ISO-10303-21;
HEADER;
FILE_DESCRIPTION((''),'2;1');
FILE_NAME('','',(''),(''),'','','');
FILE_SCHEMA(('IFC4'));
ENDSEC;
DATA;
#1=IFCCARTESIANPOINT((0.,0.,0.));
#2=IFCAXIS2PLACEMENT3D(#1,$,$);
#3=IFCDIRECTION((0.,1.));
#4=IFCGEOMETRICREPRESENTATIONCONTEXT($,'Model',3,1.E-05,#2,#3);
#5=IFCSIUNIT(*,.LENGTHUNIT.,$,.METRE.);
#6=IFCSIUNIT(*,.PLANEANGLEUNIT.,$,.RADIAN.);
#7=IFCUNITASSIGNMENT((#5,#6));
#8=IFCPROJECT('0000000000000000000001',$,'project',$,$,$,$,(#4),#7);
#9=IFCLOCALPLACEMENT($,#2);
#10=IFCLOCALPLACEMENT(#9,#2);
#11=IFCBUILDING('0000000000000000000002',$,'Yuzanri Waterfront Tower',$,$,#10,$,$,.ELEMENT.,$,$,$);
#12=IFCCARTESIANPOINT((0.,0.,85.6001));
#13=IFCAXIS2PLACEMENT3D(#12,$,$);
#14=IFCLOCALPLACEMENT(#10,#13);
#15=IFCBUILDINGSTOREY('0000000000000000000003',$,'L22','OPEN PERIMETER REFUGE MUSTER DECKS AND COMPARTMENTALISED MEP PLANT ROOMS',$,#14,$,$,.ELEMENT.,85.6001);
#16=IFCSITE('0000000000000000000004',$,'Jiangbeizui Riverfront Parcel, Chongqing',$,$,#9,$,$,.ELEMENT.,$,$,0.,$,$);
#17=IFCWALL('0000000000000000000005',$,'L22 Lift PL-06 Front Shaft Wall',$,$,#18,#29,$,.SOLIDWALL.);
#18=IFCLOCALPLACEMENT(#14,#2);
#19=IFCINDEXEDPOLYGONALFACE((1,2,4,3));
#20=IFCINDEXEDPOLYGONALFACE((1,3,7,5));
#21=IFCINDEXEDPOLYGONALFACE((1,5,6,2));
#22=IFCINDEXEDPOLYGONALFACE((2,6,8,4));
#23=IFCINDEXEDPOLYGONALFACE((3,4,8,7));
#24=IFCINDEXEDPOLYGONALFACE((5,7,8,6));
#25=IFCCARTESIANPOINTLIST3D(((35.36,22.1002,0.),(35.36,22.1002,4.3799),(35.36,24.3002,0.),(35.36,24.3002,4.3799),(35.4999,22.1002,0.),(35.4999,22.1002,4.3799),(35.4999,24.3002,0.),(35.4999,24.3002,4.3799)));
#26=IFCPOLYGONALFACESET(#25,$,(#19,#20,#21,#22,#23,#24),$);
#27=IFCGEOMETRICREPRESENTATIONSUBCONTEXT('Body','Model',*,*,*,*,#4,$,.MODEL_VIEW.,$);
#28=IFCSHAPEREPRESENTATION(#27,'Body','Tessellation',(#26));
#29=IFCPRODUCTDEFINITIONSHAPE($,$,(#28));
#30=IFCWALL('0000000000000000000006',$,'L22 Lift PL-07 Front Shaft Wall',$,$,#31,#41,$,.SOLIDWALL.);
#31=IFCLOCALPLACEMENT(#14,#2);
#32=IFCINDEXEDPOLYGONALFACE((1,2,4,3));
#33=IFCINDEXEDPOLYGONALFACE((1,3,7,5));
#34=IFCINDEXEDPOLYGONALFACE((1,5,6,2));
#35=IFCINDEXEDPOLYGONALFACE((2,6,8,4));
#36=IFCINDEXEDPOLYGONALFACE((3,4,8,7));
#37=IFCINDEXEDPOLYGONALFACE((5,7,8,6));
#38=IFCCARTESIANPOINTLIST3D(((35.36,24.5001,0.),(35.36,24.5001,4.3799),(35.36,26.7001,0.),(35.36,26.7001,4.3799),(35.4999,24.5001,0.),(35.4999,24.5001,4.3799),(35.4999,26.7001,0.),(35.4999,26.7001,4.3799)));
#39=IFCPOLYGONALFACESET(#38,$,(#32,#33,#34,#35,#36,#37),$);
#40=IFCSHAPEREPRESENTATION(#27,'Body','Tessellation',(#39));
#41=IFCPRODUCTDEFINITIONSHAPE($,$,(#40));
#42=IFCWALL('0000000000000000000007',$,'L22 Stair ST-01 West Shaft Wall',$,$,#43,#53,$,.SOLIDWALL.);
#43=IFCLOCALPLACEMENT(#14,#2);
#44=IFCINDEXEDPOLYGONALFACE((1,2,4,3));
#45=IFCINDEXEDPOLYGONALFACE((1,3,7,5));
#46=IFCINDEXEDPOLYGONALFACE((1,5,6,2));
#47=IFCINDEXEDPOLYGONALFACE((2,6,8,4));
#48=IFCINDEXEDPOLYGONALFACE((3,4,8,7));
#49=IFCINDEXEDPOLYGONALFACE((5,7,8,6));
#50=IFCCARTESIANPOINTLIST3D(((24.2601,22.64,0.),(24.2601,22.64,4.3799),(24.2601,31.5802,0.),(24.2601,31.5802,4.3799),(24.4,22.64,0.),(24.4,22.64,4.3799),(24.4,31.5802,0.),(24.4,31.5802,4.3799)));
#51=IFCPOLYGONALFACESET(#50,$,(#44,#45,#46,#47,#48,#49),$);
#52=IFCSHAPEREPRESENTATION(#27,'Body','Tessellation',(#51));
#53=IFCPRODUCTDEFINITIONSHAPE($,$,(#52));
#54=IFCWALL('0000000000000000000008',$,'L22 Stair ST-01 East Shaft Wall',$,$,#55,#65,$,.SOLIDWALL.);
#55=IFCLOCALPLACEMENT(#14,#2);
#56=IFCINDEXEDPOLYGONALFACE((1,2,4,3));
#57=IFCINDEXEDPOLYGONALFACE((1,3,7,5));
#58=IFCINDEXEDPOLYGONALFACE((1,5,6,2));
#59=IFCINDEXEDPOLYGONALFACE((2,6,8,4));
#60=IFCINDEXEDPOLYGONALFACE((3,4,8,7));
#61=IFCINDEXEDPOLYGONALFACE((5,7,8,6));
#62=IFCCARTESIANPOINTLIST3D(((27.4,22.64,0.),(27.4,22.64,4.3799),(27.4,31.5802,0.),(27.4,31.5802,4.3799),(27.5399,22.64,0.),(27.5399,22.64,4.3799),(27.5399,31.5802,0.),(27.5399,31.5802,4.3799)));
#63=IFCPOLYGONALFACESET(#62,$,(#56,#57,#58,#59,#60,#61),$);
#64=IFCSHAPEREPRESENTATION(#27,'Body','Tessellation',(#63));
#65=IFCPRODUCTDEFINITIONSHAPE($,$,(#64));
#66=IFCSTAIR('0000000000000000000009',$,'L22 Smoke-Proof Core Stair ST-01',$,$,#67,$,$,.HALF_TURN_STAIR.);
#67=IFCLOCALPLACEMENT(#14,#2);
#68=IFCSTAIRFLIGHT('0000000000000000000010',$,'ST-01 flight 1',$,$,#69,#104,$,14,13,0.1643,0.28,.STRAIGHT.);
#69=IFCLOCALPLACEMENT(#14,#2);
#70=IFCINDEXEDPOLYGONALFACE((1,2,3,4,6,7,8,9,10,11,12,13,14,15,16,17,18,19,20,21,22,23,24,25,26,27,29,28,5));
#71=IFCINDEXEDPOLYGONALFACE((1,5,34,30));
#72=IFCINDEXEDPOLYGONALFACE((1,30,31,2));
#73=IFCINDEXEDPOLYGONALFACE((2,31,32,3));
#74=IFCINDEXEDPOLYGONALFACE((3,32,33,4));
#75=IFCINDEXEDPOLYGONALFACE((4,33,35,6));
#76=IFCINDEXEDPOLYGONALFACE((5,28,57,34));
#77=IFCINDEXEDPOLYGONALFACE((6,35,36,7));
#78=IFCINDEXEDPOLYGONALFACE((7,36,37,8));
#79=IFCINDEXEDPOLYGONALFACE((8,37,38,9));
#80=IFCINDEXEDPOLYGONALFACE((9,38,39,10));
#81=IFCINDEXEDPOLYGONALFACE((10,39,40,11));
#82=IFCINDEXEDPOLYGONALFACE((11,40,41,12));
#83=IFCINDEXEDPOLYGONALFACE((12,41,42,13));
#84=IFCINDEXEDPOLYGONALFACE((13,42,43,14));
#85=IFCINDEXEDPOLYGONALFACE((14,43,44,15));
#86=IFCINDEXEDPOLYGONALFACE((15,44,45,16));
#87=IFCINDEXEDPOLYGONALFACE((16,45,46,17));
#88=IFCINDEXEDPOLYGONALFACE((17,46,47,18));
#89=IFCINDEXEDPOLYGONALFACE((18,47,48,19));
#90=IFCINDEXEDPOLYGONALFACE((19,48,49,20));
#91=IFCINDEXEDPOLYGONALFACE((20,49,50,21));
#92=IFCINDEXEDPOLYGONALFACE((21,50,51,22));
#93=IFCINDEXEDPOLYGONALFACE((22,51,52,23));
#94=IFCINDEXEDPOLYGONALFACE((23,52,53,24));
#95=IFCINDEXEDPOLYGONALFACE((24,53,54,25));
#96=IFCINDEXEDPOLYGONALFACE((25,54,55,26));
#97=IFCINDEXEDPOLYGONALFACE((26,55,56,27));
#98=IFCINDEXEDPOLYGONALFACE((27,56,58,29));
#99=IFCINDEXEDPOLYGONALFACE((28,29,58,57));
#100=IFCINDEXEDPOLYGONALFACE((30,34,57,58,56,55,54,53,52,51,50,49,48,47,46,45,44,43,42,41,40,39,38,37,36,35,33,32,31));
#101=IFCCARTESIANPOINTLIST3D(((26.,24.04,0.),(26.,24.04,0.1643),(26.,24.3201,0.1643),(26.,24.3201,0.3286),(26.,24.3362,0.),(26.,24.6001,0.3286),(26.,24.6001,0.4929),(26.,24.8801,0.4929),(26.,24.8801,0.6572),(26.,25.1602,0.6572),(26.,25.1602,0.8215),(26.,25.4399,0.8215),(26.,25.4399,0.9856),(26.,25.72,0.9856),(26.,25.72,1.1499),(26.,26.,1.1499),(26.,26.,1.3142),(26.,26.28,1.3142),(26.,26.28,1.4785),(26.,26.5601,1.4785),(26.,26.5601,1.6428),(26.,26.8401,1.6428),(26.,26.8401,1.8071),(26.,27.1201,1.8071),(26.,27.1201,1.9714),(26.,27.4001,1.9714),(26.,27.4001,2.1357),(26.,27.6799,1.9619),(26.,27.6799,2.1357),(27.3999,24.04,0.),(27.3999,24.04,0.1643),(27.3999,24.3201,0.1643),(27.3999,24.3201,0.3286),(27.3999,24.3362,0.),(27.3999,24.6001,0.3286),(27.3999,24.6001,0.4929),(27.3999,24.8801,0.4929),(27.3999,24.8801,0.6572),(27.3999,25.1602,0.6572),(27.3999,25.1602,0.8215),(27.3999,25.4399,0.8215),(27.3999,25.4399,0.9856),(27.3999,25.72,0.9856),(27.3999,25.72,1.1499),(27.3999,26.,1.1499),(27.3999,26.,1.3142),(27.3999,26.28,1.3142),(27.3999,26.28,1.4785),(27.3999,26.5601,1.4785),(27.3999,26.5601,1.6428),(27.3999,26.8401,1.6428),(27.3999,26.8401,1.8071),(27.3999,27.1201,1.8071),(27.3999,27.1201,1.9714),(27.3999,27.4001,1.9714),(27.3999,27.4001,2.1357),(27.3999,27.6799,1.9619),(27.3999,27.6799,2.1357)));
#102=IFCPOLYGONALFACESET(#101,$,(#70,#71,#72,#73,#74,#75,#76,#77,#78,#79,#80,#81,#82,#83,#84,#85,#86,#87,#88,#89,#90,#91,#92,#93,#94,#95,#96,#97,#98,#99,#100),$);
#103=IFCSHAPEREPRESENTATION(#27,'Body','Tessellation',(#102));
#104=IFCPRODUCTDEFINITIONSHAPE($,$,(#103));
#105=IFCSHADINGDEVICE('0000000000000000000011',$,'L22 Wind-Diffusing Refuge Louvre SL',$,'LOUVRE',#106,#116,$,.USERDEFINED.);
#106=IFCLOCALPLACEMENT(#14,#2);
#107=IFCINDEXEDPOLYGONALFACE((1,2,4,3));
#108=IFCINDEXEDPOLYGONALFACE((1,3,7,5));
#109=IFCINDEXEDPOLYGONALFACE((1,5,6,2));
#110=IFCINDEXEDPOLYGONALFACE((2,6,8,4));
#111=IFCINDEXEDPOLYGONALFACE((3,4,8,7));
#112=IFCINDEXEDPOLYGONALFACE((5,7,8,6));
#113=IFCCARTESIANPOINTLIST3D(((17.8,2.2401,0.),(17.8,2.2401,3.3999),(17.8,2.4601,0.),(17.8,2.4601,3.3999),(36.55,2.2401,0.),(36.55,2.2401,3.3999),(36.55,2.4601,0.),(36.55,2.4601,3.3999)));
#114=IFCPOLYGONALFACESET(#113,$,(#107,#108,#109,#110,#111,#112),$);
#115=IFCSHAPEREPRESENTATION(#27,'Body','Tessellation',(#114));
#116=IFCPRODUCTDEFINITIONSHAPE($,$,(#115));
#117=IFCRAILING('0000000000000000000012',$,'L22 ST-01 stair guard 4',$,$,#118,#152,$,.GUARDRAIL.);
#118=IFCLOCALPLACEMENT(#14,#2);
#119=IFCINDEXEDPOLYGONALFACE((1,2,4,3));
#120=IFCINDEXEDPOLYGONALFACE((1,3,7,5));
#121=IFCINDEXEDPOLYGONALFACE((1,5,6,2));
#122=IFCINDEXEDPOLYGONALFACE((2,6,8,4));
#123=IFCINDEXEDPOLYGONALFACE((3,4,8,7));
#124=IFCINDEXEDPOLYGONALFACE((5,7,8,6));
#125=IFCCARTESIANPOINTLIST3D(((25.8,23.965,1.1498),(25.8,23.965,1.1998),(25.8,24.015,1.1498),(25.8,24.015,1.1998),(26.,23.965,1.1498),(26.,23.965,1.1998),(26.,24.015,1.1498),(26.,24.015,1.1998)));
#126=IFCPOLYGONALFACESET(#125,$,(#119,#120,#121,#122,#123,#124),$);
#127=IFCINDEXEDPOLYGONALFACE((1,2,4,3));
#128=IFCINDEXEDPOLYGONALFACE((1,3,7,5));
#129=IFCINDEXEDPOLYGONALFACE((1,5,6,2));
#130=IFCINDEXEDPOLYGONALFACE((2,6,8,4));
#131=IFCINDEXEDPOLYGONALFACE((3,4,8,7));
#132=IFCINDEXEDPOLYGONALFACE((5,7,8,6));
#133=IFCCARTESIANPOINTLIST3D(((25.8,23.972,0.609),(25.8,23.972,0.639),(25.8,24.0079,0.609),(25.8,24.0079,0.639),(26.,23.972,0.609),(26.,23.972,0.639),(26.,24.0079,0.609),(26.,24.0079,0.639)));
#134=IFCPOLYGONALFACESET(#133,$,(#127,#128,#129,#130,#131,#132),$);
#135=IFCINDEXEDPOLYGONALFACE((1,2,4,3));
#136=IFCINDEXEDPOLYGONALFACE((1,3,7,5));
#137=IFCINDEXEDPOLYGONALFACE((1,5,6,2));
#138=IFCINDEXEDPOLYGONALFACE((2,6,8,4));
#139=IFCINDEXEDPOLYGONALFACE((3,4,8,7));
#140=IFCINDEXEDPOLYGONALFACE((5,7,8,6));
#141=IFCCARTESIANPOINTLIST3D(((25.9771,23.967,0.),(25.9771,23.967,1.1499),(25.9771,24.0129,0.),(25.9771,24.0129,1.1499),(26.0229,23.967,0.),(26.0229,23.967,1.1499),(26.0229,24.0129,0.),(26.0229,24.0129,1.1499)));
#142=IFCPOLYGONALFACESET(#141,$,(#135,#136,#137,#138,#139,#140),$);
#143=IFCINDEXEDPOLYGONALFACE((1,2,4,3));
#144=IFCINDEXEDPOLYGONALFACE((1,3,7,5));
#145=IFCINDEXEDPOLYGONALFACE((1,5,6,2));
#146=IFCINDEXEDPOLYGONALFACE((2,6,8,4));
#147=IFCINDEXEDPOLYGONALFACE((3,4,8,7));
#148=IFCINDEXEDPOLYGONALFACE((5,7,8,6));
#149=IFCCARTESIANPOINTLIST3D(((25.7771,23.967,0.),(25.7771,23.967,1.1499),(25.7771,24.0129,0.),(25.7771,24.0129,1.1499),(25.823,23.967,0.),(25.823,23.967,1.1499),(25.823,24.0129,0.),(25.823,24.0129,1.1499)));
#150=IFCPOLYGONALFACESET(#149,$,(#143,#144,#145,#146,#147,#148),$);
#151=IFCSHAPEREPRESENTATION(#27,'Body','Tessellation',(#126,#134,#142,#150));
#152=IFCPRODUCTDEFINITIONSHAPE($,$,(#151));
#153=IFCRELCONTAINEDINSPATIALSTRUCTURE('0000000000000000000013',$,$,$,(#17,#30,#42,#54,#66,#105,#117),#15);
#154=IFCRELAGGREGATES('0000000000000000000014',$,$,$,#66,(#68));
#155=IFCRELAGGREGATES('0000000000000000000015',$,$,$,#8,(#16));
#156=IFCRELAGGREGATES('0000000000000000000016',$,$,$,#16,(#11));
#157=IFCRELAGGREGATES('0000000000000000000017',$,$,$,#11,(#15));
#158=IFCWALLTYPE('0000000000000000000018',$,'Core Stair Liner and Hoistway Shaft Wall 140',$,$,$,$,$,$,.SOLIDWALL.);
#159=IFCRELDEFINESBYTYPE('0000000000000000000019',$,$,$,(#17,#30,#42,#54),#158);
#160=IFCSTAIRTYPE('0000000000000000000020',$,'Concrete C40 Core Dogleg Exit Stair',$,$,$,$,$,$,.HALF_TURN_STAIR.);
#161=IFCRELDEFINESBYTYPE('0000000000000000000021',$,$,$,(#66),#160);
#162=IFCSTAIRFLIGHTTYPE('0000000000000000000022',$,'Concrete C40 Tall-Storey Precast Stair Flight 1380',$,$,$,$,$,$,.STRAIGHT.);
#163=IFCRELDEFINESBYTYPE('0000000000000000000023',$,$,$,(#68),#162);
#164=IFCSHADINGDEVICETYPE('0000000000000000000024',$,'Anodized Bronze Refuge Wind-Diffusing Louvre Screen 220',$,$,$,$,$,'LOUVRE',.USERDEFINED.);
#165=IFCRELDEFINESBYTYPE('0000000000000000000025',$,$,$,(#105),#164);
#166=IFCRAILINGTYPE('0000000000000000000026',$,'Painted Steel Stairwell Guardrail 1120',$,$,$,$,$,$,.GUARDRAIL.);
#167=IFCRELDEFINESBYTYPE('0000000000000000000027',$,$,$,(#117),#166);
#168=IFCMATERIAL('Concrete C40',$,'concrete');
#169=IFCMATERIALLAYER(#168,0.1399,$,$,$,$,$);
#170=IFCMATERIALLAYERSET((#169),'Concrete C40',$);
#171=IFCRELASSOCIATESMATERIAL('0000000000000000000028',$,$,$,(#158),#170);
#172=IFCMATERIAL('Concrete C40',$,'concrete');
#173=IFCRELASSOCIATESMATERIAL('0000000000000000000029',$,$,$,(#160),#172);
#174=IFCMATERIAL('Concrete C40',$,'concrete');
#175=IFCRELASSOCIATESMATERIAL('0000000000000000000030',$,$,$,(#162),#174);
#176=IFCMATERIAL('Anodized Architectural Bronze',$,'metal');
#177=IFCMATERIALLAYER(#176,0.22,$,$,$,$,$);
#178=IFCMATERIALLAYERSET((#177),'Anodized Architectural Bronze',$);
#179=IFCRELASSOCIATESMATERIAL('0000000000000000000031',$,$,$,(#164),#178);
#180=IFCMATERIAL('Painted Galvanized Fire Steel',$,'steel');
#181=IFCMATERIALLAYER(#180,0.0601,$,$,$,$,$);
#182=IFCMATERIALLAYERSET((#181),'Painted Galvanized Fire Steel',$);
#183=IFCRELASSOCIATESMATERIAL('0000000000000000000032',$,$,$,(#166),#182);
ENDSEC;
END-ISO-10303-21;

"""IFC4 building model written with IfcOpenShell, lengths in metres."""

from ifc_helpers import new_model, si_unit, direction, frame, frame_2d, origin, origin_2d, place, context, subcontext, project, spatial, polyline, rectangle, outline, extrude, source, transform, mapped, material, layer, layer_set, type_object, element, aggregate, save


model = new_model("IFC4")

# Units and contexts
model_context = context("Model", 3, precision=1e-05, world=origin(), true_north=direction((0.0, 1.0)))
body_context = subcontext(model_context, "Body", "Model", "MODEL_VIEW")
ifc_project = project(units=[si_unit("LENGTHUNIT", "METRE"), si_unit("PLANEANGLEUNIT", "RADIAN")], contexts=[model_context])

# Site, building, storey
site_placement = place(None, origin())
site = spatial("IfcSite", under=ifc_project, at=site_placement, Name="Jiangbeizui Riverfront Parcel, Chongqing", CompositionType="ELEMENT", RefElevation=0.0)
building_placement = place(site_placement, origin())
building = spatial("IfcBuilding", under=site, at=building_placement, Name="Yuzanri Waterfront Tower", CompositionType="ELEMENT")
storey_placement = place(building_placement, frame((0.0, 0.0, 85.6001)))
storey = spatial("IfcBuildingStorey", under=building, at=storey_placement, Name="L22", Description="OPEN PERIMETER REFUGE MUSTER DECKS AND COMPARTMENTALISED MEP PLANT ROOMS", CompositionType="ELEMENT", Elevation=85.6001)

# Shared definitions
ifc_material_1 = material(Name="Concrete C40", Category="concrete")
ifc_layer_1 = layer(ifc_material_1, 0.1399)
ifc_layer_set_1 = layer_set([ifc_layer_1], Name="Concrete C40")
wall_type_1 = type_object("IfcWallType", Name="Core Stair Liner and Hoistway Shaft Wall 140", PredefinedType="SOLIDWALL", material=ifc_layer_set_1)

# Walls
shared_shape_1 = source(origin(), body_context, "Body", "SweptSolid", [
    extrude(rectangle(XDim=2.2, YDim=0.1399, at=frame_2d((1.1001, 0.0))), origin(), (0.0, 0.0, 1.0), 4.3799),
])
for number, where, z_axis, x_axis, name in (
    (1, (35.4299, 22.1001, 0.0), (0.0, 0.0, 1.0), (0.0, 1.0, 0.0), "L22 Lift PL-06 Front Shaft Wall"),
    (2, (35.4299, 24.5, 0.0), (0.0, 0.0, 1.0), (0.0, 1.0, 0.0), "L22 Lift PL-07 Front Shaft Wall"),
):
    element("IfcWall", number, at=place(storey_placement, frame(where, z_axis=z_axis, x_axis=x_axis)), inside=storey, type_object=wall_type_1, Name=name, PredefinedType="SOLIDWALL", context=body_context, shape_type="MappedRepresentation", body=[
        mapped(shared_shape_1, transform((0.0, 0.0, 0.0), scale=1.0)),
    ])
shared_shape_2 = source(origin(), body_context, "Body", "SweptSolid", [
    extrude(rectangle(XDim=8.9402, YDim=0.1399, at=frame_2d((4.4702, 0.0))), origin(), (0.0, 0.0, 1.0), 4.3799),
])
for number, where, z_axis, x_axis, name in (
    (3, (24.3301, 22.6399, 0.0), (0.0, 0.0, 1.0), (0.0, 1.0, 0.0), "L22 Stair ST-01 West Shaft Wall"),
    (4, (27.47, 22.6399, 0.0), (0.0, 0.0, 1.0), (0.0, 1.0, 0.0), "L22 Stair ST-01 East Shaft Wall"),
):
    element("IfcWall", number, at=place(storey_placement, frame(where, z_axis=z_axis, x_axis=x_axis)), inside=storey, type_object=wall_type_1, Name=name, PredefinedType="SOLIDWALL", context=body_context, shape_type="MappedRepresentation", body=[
        mapped(shared_shape_2, transform((0.0, 0.0, 0.0), scale=1.0)),
    ])

# Stair, stair flight
ifc_material_2 = material(Name="Concrete C40", Category="concrete")
stair_type = type_object("IfcStairType", Name="Concrete C40 Core Dogleg Exit Stair", PredefinedType="HALF_TURN_STAIR", material=ifc_material_2)
stair_placement = place(storey_placement, origin())
stair = element("IfcStair", 5, at=stair_placement, inside=storey, type_object=stair_type, Name="L22 Smoke-Proof Core Stair ST-01", PredefinedType="HALF_TURN_STAIR")
ifc_material_3 = material(Name="Concrete C40", Category="concrete")
stair_flight_type = type_object("IfcStairFlightType", Name="Concrete C40 Tall-Storey Precast Stair Flight 1380", PredefinedType="STRAIGHT", material=ifc_material_3)
shared_shape_3 = source(origin(), body_context, "Body", "SweptSolid", [
    extrude(outline(polyline([(0.0, 0.0), (0.0, 0.1643), (0.28, 0.1643), (0.28, 0.3286), (0.5601, 0.3286), (0.5601, 0.4929), (0.8401, 0.4929), (0.8401, 0.6572), (1.1201, 0.6572), (1.1201, 0.8215), (1.3999, 0.8215), (1.3999, 0.9856), (1.6799, 0.9856), (1.6799, 1.1499), (1.96, 1.1499), (1.96, 1.3142), (2.24, 1.3142), (2.24, 1.4785), (2.52, 1.4785), (2.52, 1.6428), (2.8, 1.6428), (2.8, 1.8071), (3.0801, 1.8071), (3.0801, 1.9714), (3.3601, 1.9714), (3.3601, 2.1357), (3.6399, 2.1357), (3.6399, 2.3), (3.6399, 1.9619), (0.2961, 0.0), (0.0, 0.0)])), frame((0.0, 0.7, 0.0), z_axis=(0.0, -1.0, 0.0), x_axis=(1.0, 0.0, 0.0)), (0.0, 0.0, 1.0), 1.3999),
])
stair_flight_placement = place(storey_placement, frame((26.7, 24.04, 0.0), z_axis=(0.0, 0.0, 1.0), x_axis=(0.0, 1.0, 0.0)))
stair_flight = element("IfcStairFlight", 6, at=stair_flight_placement, type_object=stair_flight_type, Name="ST-01 flight 1", NumberOfRisers=14, NumberOfTreads=13, PredefinedType="STRAIGHT", RiserHeight=0.1643, TreadLength=0.28, context=body_context, shape_type="MappedRepresentation", body=[
    mapped(shared_shape_3, transform((0.0, 0.0, 0.0), scale=1.0)),
])
aggregate(stair, [stair_flight])

# Shading device
ifc_material_4 = material(Name="Anodized Architectural Bronze", Category="metal")
ifc_layer_2 = layer(ifc_material_4, 0.22)
ifc_layer_set_2 = layer_set([ifc_layer_2], Name="Anodized Architectural Bronze")
shading_device_type = type_object("IfcShadingDeviceType", Name="Anodized Bronze Refuge Wind-Diffusing Louvre Screen 220", ElementType="LOUVRE", PredefinedType="USERDEFINED", material=ifc_layer_set_2)
shared_shape_4 = source(origin(), body_context, "Body", "SweptSolid", [
    extrude(rectangle(XDim=18.75, YDim=0.22, at=origin_2d()), origin(), (0.0, 0.0, 1.0), 3.3999),
])
shading_device_placement = place(storey_placement, frame((27.175, 2.3501, 0.0), z_axis=(0.0, 0.0, 1.0), x_axis=(1.0, 0.0, 0.0)))
element("IfcShadingDevice", 7, at=shading_device_placement, inside=storey, type_object=shading_device_type, Name="L22 Wind-Diffusing Refuge Louvre SL", ObjectType="LOUVRE", PredefinedType="USERDEFINED", context=body_context, shape_type="MappedRepresentation", body=[
    mapped(shared_shape_4, transform((0.0, 0.0, 0.0), scale=1.0)),
])

# Railing
ifc_material_5 = material(Name="Painted Galvanized Fire Steel", Category="steel")
ifc_layer_3 = layer(ifc_material_5, 0.0601)
ifc_layer_set_3 = layer_set([ifc_layer_3], Name="Painted Galvanized Fire Steel")
railing_type_1 = type_object("IfcRailingType", Name="Painted Steel Stairwell Guardrail 1120", PredefinedType="GUARDRAIL", material=ifc_layer_set_3)
shared_shape_5 = source(origin(), body_context, "Body", "SweptSolid", [
    extrude(rectangle(XDim=0.05, YDim=0.05, at=origin_2d()), frame((0.0, 0.0, 1.1748), z_axis=(-1.0, 0.0, 0.0), x_axis=(0.0, -1.0, 0.0)), (0.0, 0.0, 1.0), 0.2),
    extrude(rectangle(XDim=0.0359, YDim=0.03, at=origin_2d()), frame((0.0, 0.0, 0.624), z_axis=(-1.0, 0.0, 0.0), x_axis=(0.0, -1.0, 0.0)), (0.0, 0.0, 1.0), 0.2),
    extrude(rectangle(XDim=0.0459, YDim=0.0459, at=origin_2d()), origin(), (0.0, 0.0, 1.0), 1.1499),
    extrude(rectangle(XDim=0.0459, YDim=0.0459, at=origin_2d()), frame((-0.2, 0.0, 0.0)), (0.0, 0.0, 1.0), 1.1499),
])
railing_1_placement = place(storey_placement, frame((26.0, 23.99, 0.0)))
element("IfcRailing", 8, at=railing_1_placement, inside=storey, type_object=railing_type_1, Name="L22 ST-01 stair guard 4", PredefinedType="GUARDRAIL", context=body_context, shape_type="MappedRepresentation", body=[
    mapped(shared_shape_5, transform((0.0, 0.0, 0.0), scale=1.0)),
])

save(model, "model.ifc")
